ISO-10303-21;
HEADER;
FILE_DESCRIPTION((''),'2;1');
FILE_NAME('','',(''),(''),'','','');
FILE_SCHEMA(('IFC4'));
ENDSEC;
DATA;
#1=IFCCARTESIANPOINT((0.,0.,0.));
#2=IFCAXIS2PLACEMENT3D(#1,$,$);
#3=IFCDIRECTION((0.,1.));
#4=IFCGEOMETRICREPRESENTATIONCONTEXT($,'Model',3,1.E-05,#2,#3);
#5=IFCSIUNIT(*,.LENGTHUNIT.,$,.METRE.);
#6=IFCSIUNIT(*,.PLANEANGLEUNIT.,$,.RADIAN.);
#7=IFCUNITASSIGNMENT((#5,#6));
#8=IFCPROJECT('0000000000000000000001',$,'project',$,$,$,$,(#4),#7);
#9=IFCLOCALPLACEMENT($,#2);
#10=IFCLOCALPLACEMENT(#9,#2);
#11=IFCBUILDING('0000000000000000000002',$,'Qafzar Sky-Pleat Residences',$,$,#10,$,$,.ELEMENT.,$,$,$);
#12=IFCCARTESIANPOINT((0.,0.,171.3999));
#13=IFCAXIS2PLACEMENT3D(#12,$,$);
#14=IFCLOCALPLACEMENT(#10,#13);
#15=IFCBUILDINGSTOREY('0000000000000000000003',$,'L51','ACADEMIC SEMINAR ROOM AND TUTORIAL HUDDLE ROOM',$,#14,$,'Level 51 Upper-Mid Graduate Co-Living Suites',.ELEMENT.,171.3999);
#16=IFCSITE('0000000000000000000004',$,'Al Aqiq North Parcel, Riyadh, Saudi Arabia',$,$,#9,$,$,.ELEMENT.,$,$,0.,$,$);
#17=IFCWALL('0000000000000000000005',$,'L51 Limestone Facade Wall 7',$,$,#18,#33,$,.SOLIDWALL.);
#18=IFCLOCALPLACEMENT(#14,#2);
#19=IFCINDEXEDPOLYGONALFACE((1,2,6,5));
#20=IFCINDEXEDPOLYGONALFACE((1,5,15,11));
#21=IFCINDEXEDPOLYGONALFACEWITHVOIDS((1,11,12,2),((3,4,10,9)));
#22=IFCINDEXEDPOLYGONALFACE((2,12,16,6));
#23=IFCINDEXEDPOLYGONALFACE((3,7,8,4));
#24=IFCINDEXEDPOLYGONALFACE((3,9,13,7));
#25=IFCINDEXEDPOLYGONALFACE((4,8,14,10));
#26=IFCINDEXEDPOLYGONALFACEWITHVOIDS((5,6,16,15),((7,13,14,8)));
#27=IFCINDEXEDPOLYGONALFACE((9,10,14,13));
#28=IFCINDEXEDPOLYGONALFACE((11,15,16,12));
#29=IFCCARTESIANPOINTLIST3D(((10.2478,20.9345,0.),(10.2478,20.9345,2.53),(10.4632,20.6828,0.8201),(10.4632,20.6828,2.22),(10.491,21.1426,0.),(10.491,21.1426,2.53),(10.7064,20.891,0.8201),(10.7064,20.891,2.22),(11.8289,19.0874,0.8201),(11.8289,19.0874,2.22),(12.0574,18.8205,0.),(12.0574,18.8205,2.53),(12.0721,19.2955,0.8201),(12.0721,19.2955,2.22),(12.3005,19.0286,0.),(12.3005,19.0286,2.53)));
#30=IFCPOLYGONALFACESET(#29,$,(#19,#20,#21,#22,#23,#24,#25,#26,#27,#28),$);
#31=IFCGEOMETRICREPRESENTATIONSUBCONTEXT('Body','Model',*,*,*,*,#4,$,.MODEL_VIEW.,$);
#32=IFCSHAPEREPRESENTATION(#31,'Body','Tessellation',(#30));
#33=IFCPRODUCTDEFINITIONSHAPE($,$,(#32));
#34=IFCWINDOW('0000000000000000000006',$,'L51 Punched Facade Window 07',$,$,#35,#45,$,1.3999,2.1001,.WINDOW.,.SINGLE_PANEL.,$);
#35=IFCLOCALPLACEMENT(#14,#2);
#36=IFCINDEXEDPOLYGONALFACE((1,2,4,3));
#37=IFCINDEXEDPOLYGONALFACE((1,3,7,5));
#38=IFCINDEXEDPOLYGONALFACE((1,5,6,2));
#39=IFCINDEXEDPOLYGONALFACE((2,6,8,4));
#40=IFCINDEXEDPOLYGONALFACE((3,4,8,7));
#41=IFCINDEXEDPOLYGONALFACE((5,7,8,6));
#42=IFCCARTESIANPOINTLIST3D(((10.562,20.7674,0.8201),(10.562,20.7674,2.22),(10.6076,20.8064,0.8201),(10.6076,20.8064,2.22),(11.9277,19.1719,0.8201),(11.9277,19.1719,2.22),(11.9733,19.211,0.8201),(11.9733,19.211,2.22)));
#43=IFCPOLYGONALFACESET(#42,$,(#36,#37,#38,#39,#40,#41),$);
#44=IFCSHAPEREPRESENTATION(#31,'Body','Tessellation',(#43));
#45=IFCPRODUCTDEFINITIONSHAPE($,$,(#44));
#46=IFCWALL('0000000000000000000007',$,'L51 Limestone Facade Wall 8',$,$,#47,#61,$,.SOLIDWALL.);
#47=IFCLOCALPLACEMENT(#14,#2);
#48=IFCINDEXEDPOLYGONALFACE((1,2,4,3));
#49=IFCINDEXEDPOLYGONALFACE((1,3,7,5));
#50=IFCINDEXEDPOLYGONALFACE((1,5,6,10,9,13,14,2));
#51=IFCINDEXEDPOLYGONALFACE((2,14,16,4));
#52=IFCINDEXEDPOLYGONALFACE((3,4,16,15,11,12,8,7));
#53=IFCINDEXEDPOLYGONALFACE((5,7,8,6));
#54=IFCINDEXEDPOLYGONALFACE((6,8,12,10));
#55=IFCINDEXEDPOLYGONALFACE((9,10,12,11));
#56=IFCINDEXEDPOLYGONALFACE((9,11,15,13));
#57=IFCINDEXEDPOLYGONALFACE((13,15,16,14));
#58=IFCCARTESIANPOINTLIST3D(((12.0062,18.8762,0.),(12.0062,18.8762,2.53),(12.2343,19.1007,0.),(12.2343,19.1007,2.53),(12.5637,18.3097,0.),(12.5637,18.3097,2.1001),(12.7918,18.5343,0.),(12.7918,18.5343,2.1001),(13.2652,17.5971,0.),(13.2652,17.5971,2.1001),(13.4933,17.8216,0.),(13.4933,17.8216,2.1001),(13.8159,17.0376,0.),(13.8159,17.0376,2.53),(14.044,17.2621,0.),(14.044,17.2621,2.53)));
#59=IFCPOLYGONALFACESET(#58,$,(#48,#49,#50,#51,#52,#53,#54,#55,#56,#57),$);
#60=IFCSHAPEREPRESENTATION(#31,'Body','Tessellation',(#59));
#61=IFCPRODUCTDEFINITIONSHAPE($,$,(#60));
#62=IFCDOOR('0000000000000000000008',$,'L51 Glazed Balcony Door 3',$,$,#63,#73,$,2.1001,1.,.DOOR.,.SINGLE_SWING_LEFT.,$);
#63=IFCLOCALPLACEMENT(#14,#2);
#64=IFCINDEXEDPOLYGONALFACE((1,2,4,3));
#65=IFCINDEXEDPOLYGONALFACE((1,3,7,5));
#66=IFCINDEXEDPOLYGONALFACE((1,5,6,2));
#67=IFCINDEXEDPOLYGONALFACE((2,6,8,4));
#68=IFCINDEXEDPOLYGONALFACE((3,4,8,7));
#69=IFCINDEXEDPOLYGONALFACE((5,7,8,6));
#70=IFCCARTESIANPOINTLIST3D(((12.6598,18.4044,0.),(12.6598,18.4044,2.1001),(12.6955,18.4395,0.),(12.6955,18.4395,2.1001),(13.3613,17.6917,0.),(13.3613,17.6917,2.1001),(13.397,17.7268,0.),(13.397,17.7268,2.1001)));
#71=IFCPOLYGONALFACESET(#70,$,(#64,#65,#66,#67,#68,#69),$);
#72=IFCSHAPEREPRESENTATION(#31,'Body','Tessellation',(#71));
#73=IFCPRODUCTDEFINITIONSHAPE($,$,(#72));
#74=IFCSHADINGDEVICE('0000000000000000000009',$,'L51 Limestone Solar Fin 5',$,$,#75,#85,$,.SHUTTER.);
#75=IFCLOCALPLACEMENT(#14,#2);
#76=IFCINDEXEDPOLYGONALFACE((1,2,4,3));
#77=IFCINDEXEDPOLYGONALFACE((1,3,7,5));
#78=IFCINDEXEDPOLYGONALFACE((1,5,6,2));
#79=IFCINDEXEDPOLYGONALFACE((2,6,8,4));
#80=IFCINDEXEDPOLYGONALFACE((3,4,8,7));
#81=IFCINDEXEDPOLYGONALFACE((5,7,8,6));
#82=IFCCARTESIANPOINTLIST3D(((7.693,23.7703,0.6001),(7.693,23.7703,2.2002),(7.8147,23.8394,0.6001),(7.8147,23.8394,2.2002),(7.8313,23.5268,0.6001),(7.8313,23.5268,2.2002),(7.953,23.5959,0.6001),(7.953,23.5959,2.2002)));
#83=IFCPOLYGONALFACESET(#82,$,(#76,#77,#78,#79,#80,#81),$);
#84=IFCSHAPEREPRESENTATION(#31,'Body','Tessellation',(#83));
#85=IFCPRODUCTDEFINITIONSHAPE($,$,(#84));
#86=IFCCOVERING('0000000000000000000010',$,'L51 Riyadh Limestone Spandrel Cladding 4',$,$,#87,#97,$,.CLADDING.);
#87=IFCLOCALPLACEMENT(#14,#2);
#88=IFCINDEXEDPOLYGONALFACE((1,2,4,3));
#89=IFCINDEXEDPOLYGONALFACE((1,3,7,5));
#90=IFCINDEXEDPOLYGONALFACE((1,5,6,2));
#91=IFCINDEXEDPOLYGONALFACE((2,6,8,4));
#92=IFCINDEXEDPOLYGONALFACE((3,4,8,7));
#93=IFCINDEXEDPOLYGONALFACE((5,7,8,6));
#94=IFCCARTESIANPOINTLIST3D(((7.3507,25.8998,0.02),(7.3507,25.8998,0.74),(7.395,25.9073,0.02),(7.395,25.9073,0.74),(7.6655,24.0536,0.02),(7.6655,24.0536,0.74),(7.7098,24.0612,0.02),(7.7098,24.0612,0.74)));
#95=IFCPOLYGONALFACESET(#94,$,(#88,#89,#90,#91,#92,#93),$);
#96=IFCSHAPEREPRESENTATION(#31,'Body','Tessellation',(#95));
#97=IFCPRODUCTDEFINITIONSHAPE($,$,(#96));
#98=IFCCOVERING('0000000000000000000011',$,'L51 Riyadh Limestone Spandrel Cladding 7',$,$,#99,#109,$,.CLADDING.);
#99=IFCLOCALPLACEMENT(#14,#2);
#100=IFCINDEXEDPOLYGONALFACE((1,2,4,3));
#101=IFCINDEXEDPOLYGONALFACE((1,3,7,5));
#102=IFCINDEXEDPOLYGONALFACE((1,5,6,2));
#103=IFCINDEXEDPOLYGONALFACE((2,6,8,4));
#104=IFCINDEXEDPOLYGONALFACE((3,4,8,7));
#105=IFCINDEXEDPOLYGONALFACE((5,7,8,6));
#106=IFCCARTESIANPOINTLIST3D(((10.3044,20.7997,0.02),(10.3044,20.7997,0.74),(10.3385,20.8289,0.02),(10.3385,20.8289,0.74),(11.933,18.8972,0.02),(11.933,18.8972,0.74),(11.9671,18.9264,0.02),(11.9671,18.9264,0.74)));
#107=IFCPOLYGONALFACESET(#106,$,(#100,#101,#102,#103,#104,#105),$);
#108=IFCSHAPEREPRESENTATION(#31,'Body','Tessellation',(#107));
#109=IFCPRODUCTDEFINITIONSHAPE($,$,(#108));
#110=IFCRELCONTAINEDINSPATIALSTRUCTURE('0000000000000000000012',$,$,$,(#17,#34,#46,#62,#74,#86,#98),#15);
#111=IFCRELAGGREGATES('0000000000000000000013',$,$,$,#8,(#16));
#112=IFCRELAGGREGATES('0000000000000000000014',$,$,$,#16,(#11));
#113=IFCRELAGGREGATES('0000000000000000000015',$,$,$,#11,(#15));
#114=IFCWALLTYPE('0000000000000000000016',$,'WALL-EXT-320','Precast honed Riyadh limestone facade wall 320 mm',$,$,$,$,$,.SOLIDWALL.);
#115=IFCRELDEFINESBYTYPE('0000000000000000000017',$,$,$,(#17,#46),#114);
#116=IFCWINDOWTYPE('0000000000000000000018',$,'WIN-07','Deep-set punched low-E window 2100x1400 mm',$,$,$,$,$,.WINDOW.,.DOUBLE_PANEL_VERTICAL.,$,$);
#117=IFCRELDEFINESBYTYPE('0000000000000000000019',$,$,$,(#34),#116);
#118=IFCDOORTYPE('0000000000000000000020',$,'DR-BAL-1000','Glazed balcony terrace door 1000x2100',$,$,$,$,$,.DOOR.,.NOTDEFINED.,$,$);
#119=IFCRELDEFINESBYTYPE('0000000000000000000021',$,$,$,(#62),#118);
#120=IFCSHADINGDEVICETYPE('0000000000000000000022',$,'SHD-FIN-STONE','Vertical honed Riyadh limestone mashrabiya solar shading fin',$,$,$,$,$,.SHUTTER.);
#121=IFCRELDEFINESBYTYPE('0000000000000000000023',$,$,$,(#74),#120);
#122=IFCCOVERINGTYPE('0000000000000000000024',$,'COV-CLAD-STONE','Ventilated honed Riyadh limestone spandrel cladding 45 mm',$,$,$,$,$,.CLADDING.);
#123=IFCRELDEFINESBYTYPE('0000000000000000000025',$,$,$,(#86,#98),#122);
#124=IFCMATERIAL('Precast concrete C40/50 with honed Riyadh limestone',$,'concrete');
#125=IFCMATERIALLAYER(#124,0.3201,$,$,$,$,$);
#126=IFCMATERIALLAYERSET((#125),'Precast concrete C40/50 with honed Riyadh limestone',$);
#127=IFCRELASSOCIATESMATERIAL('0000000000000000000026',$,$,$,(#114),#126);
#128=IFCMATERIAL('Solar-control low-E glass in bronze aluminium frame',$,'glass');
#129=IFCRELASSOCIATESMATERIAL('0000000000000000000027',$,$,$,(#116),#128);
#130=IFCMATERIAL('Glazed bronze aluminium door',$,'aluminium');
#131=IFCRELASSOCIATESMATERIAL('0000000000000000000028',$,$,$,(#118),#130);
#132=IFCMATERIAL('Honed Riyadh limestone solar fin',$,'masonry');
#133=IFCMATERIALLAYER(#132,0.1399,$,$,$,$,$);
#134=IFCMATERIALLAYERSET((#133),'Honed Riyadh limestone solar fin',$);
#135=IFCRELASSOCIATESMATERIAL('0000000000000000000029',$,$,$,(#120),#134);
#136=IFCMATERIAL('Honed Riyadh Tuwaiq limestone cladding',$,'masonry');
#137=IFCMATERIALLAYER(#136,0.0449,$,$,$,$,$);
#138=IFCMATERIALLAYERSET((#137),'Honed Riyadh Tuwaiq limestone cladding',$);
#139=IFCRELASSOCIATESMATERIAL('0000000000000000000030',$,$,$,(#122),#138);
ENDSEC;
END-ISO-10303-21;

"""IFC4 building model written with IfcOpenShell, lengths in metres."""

from ifc_helpers import new_model, si_unit, direction, frame, frame_2d, origin, origin_2d, place, context, subcontext, project, spatial, rectangle, extrude, source, transform, mapped, material, layer, layer_set, type_object, element, fill, save


model = new_model("IFC4")

# Units and contexts
model_context = context("Model", 3, precision=1e-05, world=origin(), true_north=direction((0.0, 1.0)))
body_context = subcontext(model_context, "Body", "Model", "MODEL_VIEW")
ifc_project = project(units=[si_unit("LENGTHUNIT", "METRE"), si_unit("PLANEANGLEUNIT", "RADIAN")], contexts=[model_context])

# Site, building, storey
site_placement = place(None, origin())
site = spatial("IfcSite", under=ifc_project, at=site_placement, Name="Al Aqiq North Parcel, Riyadh, Saudi Arabia", CompositionType="ELEMENT", RefElevation=0.0)
building_placement = place(site_placement, origin())
building = spatial("IfcBuilding", under=site, at=building_placement, Name="Qafzar Sky-Pleat Residences", CompositionType="ELEMENT")
storey_placement = place(building_placement, frame((0.0, 0.0, 171.3999)))
storey = spatial("IfcBuildingStorey", under=building, at=storey_placement, Name="L51", Description="ACADEMIC SEMINAR ROOM AND TUTORIAL HUDDLE ROOM", LongName="Level 51 Upper-Mid Graduate Co-Living Suites", CompositionType="ELEMENT", Elevation=171.3999)

# Wall, opening, window
ifc_material_1 = material(Name="Precast concrete C40/50 with honed Riyadh limestone", Category="concrete")
ifc_layer_1 = layer(ifc_material_1, 0.3201)
ifc_layer_set_1 = layer_set([ifc_layer_1], Name="Precast concrete C40/50 with honed Riyadh limestone")
wall_type_1 = type_object("IfcWallType", Name="WALL-EXT-320", Description="Precast honed Riyadh limestone facade wall 320 mm", PredefinedType="SOLIDWALL", material=ifc_layer_set_1)
ifc_material_2 = material(Name="Solar-control low-E glass in bronze aluminium frame", Category="glass")
wall_1_placement = place(storey_placement, frame((10.3694, 21.0386, 0.0), z_axis=(0.0, 0.0, 1.0), x_axis=(0.650285, -0.75969, 0.0)))
wall_1 = element("IfcWall", 1, at=wall_1_placement, inside=storey, type_object=wall_type_1, Name="L51 Limestone Facade Wall 7", PredefinedType="SOLIDWALL", context=body_context, shape_type="SweptSolid", body=[
    extrude(rectangle(XDim=2.7827, YDim=0.3201, at=frame_2d((1.3914, 0.0))), origin(), (0.0, 0.0, 1.0), 2.53),
])
opening_1_placement = place(wall_1_placement, frame((0.3313, 0.0, 0.8201)))
opening_1 = element("IfcOpeningElement", 2, at=opening_1_placement, cuts=wall_1, PredefinedType="OPENING", context=body_context, shape_type="SweptSolid", body=[
    extrude(rectangle(XDim=2.1001, YDim=1.3999, at=frame_2d((1.05, 0.7))), frame((0.0, 0.1699, 0.0), z_axis=(0.0, -1.0, 0.0), x_axis=(1.0, 0.0, 0.0)), (0.0, 0.0, 1.0), 0.3401),
])
window_type_1 = type_object("IfcWindowType", Name="WIN-07", Description="Deep-set punched low-E window 2100x1400 mm", PartitioningType="DOUBLE_PANEL_VERTICAL", PredefinedType="WINDOW", material=ifc_material_2)
shared_shape_1 = source(origin(), body_context, "Body", "SweptSolid", [
    extrude(rectangle(XDim=2.1001, YDim=1.3999, at=frame_2d((1.05, 0.7))), frame((0.0, 0.03, 0.0), z_axis=(0.0, -1.0, 0.0), x_axis=(1.0, 0.0, 0.0)), (0.0, 0.0, 1.0), 0.0601),
])
window_1_placement = place(opening_1_placement, origin())
window_1 = element("IfcWindow", 3, at=window_1_placement, inside=storey, type_object=window_type_1, Name="L51 Punched Facade Window 07", OverallHeight=1.3999, OverallWidth=2.1001, PartitioningType="SINGLE_PANEL", PredefinedType="WINDOW", context=body_context, shape_type="MappedRepresentation", body=[
    mapped(shared_shape_1, transform((0.0, 0.0, 0.0), x_axis=(1.0, 0.0, 0.0), y_axis=(0.0, 1.0, 0.0), z_axis=(0.0, 0.0, 1.0), scale=1.0)),
])
fill(opening_1, window_1)

# Wall, opening, door
wall_2_placement = place(storey_placement, frame((12.1201, 18.9885, 0.0), z_axis=(0.0, 0.0, 1.0), x_axis=(0.701501, -0.712668, 0.0)))
wall_2 = element("IfcWall", 4, at=wall_2_placement, inside=storey, type_object=wall_type_1, Name="L51 Limestone Facade Wall 8", PredefinedType="SOLIDWALL", context=body_context, shape_type="SweptSolid", body=[
    extrude(rectangle(XDim=2.5798, YDim=0.3201, at=frame_2d((1.29, 0.0))), origin(), (0.0, 0.0, 1.0), 2.53),
])
opening_2_placement = place(wall_2_placement, frame((0.7949, 0.0, 0.0)))
opening_2 = element("IfcOpeningElement", 5, at=opening_2_placement, cuts=wall_2, PredefinedType="OPENING", context=body_context, shape_type="SweptSolid", body=[
    extrude(rectangle(XDim=1.0, YDim=2.1001, at=frame_2d((0.5, 1.05))), frame((0.0, 0.1699, 0.0), z_axis=(0.0, -1.0, 0.0), x_axis=(1.0, 0.0, 0.0)), (0.0, 0.0, 1.0), 0.3401),
])
ifc_material_3 = material(Name="Glazed bronze aluminium door", Category="aluminium")
door_type = type_object("IfcDoorType", Name="DR-BAL-1000", Description="Glazed balcony terrace door 1000x2100", OperationType="NOTDEFINED", PredefinedType="DOOR", material=ifc_material_3)
shared_shape_2 = source(origin(), body_context, "Body", "SweptSolid", [
    extrude(rectangle(XDim=1.0, YDim=2.1001, at=frame_2d((0.5, 1.05))), frame((0.0, 0.0249, 0.0), z_axis=(0.0, -1.0, 0.0), x_axis=(1.0, 0.0, 0.0)), (0.0, 0.0, 1.0), 0.05),
])
door_placement = place(opening_2_placement, origin())
door = element("IfcDoor", 6, at=door_placement, inside=storey, type_object=door_type, Name="L51 Glazed Balcony Door 3", OperationType="SINGLE_SWING_LEFT", OverallHeight=2.1001, OverallWidth=1.0, PredefinedType="DOOR", context=body_context, shape_type="MappedRepresentation", body=[
    mapped(shared_shape_2, transform((0.0, 0.0, 0.0), x_axis=(1.0, 0.0, 0.0), y_axis=(0.0, 1.0, 0.0), z_axis=(0.0, 0.0, 1.0), scale=1.0)),
])
fill(opening_2, door)

# Shading device
ifc_material_4 = material(Name="Honed Riyadh limestone solar fin", Category="masonry")
ifc_layer_2 = layer(ifc_material_4, 0.1399)
ifc_layer_set_2 = layer_set([ifc_layer_2], Name="Honed Riyadh limestone solar fin")
shading_device_type = type_object("IfcShadingDeviceType", Name="SHD-FIN-STONE", Description="Vertical honed Riyadh limestone mashrabiya solar shading fin", PredefinedType="SHUTTER", material=ifc_layer_set_2)
shared_shape_3 = source(origin(), body_context, "Body", "SweptSolid", [
    extrude(rectangle(XDim=0.1399, YDim=0.28, at=origin_2d()), origin(), (0.0, 0.0, 1.0), 1.6001),
])
shading_device_placement = place(storey_placement, frame((7.823, 23.6831, 0.6001), z_axis=(0.0, 0.0, 1.0), x_axis=(-0.869636, -0.493693, 0.0)))
element("IfcShadingDevice", 7, at=shading_device_placement, inside=storey, type_object=shading_device_type, Name="L51 Limestone Solar Fin 5", PredefinedType="SHUTTER", context=body_context, shape_type="MappedRepresentation", body=[
    mapped(shared_shape_3, transform((0.0, 0.0, 0.0), x_axis=(1.0, 0.0, 0.0), y_axis=(0.0, 1.0, 0.0), z_axis=(0.0, 0.0, 1.0), scale=1.0)),
])

# Covering
ifc_material_5 = material(Name="Honed Riyadh Tuwaiq limestone cladding", Category="masonry")
ifc_layer_3 = layer(ifc_material_5, 0.0449)
ifc_layer_set_3 = layer_set([ifc_layer_3], Name="Honed Riyadh Tuwaiq limestone cladding")
covering_type = type_object("IfcCoveringType", Name="COV-CLAD-STONE", Description="Ventilated honed Riyadh limestone spandrel cladding 45 mm", PredefinedType="CLADDING", material=ifc_layer_set_3)
shared_shape_4 = source(origin(), body_context, "Body", "SweptSolid", [
    extrude(rectangle(XDim=1.8728, YDim=0.0449, at=origin_2d()), origin(), (0.0, 0.0, 1.0), 0.72),
])
covering_1_placement = place(storey_placement, frame((7.5303, 24.9805, 0.02), z_axis=(0.0, 0.0, 1.0), x_axis=(0.168084, -0.985773, 0.0)))
element("IfcCovering", 8, at=covering_1_placement, inside=storey, type_object=covering_type, Name="L51 Riyadh Limestone Spandrel Cladding 4", PredefinedType="CLADDING", context=body_context, shape_type="MappedRepresentation", body=[
    mapped(shared_shape_4, transform((0.0, 0.0, 0.0), x_axis=(1.0, 0.0, 0.0), y_axis=(0.0, 1.0, 0.0), z_axis=(0.0, 0.0, 1.0), scale=1.0)),
])

# Covering
shared_shape_5 = source(origin(), body_context, "Body", "SweptSolid", [
    extrude(rectangle(XDim=2.5044, YDim=0.0449, at=origin_2d()), origin(), (0.0, 0.0, 1.0), 0.72),
])
covering_2_placement = place(storey_placement, frame((11.1357, 19.863, 0.02), z_axis=(0.0, 0.0, 1.0), x_axis=(0.650294, -0.759683, 0.0)))
element("IfcCovering", 9, at=covering_2_placement, inside=storey, type_object=covering_type, Name="L51 Riyadh Limestone Spandrel Cladding 7", PredefinedType="CLADDING", context=body_context, shape_type="MappedRepresentation", body=[
    mapped(shared_shape_5, transform((0.0, 0.0, 0.0), x_axis=(1.0, 0.0, 0.0), y_axis=(0.0, 1.0, 0.0), z_axis=(0.0, 0.0, 1.0), scale=1.0)),
])

save(model, "model.ifc")
